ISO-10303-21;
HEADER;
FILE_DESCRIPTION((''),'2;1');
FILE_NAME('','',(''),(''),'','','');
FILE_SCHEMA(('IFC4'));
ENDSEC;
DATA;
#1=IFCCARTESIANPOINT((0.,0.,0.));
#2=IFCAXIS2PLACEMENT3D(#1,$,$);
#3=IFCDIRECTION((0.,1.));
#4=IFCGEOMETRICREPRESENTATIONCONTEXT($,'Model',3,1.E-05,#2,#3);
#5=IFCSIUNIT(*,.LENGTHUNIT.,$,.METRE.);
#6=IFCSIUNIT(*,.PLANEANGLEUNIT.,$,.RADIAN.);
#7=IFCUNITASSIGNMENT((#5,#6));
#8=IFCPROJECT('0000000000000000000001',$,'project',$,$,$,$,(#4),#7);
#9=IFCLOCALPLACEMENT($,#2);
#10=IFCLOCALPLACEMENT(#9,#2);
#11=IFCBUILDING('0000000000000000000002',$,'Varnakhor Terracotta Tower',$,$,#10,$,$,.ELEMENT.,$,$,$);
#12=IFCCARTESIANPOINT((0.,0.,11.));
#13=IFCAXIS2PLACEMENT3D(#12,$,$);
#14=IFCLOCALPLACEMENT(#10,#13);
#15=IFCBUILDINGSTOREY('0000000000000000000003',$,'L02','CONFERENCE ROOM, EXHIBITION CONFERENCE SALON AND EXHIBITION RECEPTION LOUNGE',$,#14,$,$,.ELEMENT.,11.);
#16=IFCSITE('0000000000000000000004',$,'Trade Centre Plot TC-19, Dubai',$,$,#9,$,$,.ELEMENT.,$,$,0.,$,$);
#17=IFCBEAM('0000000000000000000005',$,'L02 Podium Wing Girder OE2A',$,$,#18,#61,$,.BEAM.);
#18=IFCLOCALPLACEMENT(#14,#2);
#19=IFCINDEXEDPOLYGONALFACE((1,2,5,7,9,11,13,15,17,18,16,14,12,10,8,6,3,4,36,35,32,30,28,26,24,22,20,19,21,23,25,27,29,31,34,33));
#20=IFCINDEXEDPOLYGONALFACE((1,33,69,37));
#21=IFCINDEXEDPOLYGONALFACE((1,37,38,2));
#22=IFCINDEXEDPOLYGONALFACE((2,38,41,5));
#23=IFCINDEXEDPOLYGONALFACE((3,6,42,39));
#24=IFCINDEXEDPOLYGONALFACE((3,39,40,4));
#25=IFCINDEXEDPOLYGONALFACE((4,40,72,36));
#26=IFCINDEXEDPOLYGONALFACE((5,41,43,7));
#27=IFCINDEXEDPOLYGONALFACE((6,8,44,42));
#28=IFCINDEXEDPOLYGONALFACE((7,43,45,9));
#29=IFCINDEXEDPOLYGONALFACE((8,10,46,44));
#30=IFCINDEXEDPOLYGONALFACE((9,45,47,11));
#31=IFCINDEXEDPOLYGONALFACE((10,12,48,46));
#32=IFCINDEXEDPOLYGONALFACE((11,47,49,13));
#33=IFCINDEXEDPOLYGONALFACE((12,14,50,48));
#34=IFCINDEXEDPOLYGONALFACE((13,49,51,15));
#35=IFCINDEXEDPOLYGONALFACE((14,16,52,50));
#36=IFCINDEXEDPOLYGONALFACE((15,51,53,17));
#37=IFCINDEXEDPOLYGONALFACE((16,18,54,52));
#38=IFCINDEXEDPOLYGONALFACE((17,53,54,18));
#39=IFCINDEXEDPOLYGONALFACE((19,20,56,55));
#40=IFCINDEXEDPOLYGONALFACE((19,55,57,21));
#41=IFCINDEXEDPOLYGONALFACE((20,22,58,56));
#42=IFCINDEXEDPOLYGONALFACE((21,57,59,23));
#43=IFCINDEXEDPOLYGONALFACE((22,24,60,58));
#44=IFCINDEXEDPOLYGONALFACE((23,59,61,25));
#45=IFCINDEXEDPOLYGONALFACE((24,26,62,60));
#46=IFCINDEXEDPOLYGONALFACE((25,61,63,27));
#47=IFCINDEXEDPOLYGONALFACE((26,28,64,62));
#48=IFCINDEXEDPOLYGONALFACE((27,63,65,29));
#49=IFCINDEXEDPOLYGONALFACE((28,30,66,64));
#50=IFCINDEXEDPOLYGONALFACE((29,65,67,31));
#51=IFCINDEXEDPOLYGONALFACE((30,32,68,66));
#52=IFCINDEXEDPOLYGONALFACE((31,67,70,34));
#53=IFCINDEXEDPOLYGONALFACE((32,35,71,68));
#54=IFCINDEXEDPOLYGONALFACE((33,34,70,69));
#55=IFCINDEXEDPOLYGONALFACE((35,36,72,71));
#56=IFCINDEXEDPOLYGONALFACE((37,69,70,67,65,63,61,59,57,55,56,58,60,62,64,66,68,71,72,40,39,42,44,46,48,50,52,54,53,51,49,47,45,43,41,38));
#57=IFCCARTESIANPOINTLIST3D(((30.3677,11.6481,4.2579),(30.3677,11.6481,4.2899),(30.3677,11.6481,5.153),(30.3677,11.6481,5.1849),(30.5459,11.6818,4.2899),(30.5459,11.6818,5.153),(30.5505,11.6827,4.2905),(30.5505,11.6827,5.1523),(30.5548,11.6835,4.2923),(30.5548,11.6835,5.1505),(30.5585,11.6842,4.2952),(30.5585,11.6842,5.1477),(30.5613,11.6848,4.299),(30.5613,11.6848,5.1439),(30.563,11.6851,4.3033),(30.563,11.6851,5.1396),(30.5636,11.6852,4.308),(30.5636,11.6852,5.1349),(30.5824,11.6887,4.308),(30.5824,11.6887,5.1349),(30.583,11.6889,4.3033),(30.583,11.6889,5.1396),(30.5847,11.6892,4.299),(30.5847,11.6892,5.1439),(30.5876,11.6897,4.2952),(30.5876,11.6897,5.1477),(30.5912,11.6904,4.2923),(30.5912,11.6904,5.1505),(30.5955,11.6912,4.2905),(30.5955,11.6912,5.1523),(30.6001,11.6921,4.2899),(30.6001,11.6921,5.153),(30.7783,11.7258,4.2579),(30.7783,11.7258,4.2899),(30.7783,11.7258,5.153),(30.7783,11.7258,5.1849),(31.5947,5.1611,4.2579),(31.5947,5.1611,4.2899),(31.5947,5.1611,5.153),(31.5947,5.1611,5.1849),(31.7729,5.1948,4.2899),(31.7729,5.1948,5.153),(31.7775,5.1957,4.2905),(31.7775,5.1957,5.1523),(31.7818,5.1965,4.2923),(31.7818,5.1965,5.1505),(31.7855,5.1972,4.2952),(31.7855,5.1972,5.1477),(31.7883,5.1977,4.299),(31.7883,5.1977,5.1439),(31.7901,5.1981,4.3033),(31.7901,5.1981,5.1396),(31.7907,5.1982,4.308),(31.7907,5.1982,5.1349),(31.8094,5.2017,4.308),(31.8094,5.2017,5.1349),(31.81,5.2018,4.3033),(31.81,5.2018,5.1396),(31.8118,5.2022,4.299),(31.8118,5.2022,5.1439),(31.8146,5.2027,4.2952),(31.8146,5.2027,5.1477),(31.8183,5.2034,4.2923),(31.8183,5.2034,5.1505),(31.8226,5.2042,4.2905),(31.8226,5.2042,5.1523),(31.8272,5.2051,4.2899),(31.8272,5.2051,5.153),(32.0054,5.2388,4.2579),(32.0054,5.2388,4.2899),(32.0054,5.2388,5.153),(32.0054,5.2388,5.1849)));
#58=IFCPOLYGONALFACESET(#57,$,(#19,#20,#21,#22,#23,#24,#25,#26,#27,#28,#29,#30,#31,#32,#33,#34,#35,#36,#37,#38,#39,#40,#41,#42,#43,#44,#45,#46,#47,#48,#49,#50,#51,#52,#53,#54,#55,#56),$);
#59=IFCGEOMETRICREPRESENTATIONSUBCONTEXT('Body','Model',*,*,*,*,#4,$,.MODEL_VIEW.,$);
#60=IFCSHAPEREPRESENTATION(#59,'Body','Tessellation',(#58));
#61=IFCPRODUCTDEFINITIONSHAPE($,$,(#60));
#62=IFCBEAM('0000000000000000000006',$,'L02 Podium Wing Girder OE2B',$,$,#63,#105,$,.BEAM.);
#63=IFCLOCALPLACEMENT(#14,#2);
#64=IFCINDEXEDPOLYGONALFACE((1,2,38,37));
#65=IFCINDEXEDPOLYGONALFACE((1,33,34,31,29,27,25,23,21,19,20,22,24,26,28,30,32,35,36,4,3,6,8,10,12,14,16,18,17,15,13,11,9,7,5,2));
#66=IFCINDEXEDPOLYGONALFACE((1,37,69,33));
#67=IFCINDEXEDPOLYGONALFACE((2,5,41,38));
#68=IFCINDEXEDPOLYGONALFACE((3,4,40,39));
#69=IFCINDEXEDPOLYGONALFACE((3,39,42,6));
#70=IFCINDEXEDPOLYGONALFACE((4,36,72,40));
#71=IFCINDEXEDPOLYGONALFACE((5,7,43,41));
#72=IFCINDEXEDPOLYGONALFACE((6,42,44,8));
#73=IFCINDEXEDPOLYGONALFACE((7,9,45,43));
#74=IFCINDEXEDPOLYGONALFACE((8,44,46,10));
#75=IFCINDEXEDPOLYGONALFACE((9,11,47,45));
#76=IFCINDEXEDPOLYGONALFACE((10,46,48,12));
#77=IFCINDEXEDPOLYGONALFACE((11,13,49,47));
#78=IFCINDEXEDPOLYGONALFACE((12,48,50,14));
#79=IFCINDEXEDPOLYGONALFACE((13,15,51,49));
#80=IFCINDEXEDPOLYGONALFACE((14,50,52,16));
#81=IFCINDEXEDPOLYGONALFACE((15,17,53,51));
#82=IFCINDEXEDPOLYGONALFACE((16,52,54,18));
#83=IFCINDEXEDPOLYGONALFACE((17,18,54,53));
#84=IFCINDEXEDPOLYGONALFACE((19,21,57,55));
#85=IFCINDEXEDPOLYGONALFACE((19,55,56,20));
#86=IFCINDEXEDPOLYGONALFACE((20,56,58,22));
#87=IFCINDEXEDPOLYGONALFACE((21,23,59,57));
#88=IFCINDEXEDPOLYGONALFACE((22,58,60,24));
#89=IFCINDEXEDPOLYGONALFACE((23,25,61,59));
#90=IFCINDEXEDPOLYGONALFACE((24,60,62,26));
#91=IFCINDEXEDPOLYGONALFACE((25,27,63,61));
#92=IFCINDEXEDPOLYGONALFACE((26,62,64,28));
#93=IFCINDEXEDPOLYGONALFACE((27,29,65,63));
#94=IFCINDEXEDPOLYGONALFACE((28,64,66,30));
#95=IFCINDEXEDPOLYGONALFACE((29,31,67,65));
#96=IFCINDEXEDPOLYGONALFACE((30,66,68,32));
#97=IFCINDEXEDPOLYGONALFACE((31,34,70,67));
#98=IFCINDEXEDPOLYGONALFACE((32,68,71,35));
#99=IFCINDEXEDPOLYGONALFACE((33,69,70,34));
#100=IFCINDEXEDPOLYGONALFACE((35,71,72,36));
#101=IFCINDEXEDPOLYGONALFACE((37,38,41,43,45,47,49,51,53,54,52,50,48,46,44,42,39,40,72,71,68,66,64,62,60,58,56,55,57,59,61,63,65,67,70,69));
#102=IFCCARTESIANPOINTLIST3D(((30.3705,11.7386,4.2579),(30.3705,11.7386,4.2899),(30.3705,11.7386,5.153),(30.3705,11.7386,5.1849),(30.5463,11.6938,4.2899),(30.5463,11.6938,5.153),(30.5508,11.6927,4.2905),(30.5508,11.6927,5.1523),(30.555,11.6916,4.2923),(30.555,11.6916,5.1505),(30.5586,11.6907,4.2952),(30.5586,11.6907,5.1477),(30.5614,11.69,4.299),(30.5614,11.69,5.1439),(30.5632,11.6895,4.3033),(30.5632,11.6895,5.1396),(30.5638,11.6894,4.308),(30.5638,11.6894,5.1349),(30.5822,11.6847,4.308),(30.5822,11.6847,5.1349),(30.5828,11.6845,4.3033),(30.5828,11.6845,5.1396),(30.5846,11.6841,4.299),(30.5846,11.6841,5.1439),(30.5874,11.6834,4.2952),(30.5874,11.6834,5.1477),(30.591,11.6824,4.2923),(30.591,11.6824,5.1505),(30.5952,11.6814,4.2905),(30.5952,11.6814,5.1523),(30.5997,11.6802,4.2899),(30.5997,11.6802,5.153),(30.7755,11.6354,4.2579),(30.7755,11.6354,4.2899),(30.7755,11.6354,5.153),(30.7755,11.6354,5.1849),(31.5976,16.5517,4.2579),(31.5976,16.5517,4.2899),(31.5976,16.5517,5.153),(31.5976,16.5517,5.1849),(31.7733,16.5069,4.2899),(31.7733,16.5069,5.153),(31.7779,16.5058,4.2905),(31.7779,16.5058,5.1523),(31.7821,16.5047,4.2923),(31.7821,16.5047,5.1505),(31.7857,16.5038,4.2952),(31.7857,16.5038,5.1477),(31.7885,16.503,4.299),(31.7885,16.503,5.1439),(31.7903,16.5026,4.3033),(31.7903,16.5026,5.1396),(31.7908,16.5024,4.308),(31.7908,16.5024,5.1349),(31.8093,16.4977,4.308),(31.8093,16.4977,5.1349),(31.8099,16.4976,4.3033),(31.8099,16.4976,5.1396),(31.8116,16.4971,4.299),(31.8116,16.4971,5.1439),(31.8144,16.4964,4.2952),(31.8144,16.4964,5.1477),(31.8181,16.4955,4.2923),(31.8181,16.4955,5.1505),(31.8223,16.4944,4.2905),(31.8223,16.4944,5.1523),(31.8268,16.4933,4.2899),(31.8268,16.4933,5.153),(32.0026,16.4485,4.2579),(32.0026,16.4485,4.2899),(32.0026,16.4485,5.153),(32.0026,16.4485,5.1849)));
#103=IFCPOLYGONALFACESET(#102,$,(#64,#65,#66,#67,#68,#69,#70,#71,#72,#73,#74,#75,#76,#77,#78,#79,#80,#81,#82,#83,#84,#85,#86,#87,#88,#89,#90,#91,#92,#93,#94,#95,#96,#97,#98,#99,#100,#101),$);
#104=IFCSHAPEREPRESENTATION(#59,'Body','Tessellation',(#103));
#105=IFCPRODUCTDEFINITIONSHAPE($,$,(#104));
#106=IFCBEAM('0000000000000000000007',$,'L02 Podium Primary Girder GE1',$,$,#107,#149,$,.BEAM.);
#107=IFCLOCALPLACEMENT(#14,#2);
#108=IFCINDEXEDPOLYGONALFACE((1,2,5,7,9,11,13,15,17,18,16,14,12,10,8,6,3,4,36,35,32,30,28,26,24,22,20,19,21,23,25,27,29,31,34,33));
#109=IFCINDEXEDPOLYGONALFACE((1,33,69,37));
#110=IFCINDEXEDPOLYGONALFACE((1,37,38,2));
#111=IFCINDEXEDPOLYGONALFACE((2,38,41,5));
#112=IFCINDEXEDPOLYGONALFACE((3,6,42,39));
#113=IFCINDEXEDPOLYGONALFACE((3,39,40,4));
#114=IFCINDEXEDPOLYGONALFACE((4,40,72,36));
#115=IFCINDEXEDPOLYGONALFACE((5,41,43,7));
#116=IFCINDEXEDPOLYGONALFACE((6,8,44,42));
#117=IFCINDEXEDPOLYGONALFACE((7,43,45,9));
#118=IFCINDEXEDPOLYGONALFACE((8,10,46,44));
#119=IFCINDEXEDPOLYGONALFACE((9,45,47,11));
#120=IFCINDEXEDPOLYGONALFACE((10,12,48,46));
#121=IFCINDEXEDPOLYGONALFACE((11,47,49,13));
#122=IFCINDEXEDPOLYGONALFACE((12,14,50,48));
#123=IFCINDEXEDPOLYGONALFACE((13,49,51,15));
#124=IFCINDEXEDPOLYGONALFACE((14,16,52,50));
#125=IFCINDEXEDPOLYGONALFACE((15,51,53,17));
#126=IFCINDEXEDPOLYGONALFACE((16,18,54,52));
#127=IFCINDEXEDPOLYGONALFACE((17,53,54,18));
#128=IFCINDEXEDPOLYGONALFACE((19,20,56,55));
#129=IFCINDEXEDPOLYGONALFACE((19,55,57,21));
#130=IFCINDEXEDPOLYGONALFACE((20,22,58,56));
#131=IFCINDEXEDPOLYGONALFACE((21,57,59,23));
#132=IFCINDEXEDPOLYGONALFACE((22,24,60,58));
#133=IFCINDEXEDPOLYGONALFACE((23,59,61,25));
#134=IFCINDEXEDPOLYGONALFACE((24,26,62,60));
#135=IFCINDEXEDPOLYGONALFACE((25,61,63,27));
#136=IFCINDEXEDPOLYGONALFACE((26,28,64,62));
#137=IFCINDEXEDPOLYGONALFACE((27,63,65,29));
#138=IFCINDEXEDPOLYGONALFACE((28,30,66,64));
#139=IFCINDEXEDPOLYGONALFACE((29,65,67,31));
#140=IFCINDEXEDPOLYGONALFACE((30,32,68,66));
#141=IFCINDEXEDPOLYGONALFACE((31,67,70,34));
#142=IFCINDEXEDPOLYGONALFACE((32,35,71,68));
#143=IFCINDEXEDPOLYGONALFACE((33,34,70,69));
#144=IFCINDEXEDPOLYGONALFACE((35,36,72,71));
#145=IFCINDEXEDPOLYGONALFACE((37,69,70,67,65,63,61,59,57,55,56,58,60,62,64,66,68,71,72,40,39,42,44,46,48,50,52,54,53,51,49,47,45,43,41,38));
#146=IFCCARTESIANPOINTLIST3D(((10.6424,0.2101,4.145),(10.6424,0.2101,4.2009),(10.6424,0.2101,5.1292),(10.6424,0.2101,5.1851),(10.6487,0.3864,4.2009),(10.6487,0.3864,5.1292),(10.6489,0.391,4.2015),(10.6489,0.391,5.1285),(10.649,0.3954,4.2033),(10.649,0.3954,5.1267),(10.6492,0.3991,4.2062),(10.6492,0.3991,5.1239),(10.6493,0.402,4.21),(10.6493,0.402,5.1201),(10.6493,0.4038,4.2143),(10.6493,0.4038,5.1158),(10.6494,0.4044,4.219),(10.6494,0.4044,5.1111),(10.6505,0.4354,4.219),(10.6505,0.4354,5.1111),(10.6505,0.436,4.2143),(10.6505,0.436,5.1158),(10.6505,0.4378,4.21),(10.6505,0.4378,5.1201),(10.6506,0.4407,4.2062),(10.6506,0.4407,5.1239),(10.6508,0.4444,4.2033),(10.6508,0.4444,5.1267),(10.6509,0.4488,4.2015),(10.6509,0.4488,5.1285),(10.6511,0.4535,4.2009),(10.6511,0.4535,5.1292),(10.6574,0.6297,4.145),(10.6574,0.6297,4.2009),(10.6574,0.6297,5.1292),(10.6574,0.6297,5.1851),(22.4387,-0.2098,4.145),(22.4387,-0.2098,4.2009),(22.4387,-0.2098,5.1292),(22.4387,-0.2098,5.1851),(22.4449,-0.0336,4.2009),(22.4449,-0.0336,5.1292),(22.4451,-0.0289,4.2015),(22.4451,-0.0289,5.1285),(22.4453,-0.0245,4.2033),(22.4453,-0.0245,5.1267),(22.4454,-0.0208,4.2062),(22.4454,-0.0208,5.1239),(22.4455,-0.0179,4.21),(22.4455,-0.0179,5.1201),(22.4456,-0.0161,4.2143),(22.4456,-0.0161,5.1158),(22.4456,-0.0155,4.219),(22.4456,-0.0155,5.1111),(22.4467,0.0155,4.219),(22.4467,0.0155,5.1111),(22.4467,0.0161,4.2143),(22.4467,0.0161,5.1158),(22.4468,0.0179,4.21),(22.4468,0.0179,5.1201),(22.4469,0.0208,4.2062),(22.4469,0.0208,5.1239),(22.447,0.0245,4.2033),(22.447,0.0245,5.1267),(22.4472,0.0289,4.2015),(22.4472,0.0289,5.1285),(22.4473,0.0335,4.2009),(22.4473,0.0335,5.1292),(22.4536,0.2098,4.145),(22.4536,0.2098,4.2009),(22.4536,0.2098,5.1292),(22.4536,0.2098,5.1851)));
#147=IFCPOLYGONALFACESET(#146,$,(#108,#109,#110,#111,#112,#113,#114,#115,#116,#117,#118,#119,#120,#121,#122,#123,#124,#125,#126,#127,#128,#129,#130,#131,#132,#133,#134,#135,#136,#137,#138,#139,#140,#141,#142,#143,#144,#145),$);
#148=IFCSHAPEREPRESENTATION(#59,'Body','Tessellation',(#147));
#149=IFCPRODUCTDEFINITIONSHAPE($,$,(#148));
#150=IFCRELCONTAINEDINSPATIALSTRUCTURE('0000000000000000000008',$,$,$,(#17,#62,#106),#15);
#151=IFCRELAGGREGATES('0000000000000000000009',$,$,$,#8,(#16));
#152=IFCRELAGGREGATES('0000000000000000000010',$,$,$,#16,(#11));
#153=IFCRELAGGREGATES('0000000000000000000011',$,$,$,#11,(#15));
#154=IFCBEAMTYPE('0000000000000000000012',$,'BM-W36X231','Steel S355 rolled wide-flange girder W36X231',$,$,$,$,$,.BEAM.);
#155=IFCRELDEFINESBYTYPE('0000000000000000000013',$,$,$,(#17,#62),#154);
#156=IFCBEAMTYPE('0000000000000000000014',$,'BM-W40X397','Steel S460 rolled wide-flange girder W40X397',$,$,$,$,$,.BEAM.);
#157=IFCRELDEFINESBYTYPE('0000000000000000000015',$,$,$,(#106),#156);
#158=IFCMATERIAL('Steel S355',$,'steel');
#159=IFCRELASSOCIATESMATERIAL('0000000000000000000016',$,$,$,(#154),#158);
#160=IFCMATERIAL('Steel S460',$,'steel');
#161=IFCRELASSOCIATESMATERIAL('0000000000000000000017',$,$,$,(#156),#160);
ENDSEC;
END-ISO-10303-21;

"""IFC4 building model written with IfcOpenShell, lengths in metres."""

from ifc_helpers import new_model, si_unit, direction, frame, origin, origin_2d, place, context, subcontext, project, spatial, i_section, extrude, source, transform, mapped, material, material_profile, profile_set, type_object, type_shapes, element, save


model = new_model("IFC4")

# Units and contexts
model_context = context("Model", 3, precision=1e-05, world=origin(), true_north=direction((0.0, 1.0)))
body_context = subcontext(model_context, "Body", "Model", "MODEL_VIEW")
ifc_project = project(units=[si_unit("LENGTHUNIT", "METRE"), si_unit("PLANEANGLEUNIT", "RADIAN")], contexts=[model_context])

# Site, building, storey
site_placement = place(None, origin())
site = spatial("IfcSite", under=ifc_project, at=site_placement, Name="Trade Centre Plot TC-19, Dubai", CompositionType="ELEMENT", RefElevation=0.0)
building_placement = place(site_placement, origin())
building = spatial("IfcBuilding", under=site, at=building_placement, Name="Varnakhor Terracotta Tower", CompositionType="ELEMENT")
storey_placement = place(building_placement, frame((0.0, 0.0, 11.0)))
storey = spatial("IfcBuildingStorey", under=building, at=storey_placement, Name="L02", Description="CONFERENCE ROOM, EXHIBITION CONFERENCE SALON AND EXHIBITION RECEPTION LOUNGE", CompositionType="ELEMENT", Elevation=11.0)

# Shared definitions
ifc_material_1 = material(Name="Steel S460", Category="steel")

# Beams
ifc_material_2 = material(Name="Steel S355", Category="steel")
ifc_material_profile_1 = material_profile(ifc_material_2, i_section(OverallWidth=0.418, OverallDepth=0.927, WebThickness=0.019, FlangeThickness=0.032, FilletRadius=0.0181, at=origin_2d()), Name="W36X231")
ifc_profile_set_1 = profile_set([ifc_material_profile_1], Name="Steel S355")
beam_type_1 = type_object("IfcBeamType", Name="BM-W36X231", Description="Steel S355 rolled wide-flange girder W36X231", PredefinedType="BEAM", material=ifc_profile_set_1)
shared_shape_1 = source(origin(), body_context, "Body", "SweptSolid", [
    extrude(i_section(OverallWidth=0.418, OverallDepth=0.927, WebThickness=0.019, FlangeThickness=0.032, FilletRadius=0.0181, at=origin_2d()), origin(), (0.0, 0.0, 1.0), 6.6021),
])
beam_1_placement = place(storey_placement, frame((31.8, 5.2, 4.7214), z_axis=(-0.185858, 0.982577, 0.0), x_axis=(-0.982577, -0.185858, 0.0)))
element("IfcBeam", 1, at=beam_1_placement, inside=storey, type_object=beam_type_1, Name="L02 Podium Wing Girder OE2A", PredefinedType="BEAM", context=body_context, shape_type="MappedRepresentation", body=[
    mapped(shared_shape_1, transform((0.0, 0.0, 0.0), scale=1.0)),
])
shared_shape_2 = source(origin(), body_context, "Body", "SweptSolid", [
    extrude(i_section(OverallWidth=0.418, OverallDepth=0.927, WebThickness=0.019, FlangeThickness=0.032, FilletRadius=0.0181, at=origin_2d()), origin(), (0.0, 0.0, 1.0), 4.967),
])
beam_2_placement = place(storey_placement, frame((30.573, 11.687, 4.7214), z_axis=(0.247044, 0.969004, 0.0), x_axis=(-0.969004, 0.247044, 0.0)))
element("IfcBeam", 2, at=beam_2_placement, inside=storey, type_object=beam_type_1, Name="L02 Podium Wing Girder OE2B", PredefinedType="BEAM", context=body_context, shape_type="MappedRepresentation", body=[
    mapped(shared_shape_2, transform((0.0, 0.0, 0.0), scale=1.0)),
])
ifc_material_profile_2 = material_profile(ifc_material_1, i_section(OverallWidth=0.4199, OverallDepth=1.04, WebThickness=0.031, FlangeThickness=0.0559, FilletRadius=0.0181, at=origin_2d()), Name="W40X397")
ifc_profile_set_2 = profile_set([ifc_material_profile_2], Name="Steel S460")
beam_type_2 = type_object("IfcBeamType", Name="BM-W40X397", Description="Steel S460 rolled wide-flange girder W40X397", PredefinedType="BEAM", material=ifc_profile_set_2)
shared_shape_3 = source(origin(), body_context, "Body", "SweptSolid", [
    extrude(i_section(OverallWidth=0.4199, OverallDepth=1.04, WebThickness=0.031, FlangeThickness=0.0559, FilletRadius=0.0181, at=origin_2d()), origin(), (0.0, 0.0, 1.0), 11.8037),
])
type_shapes(beam_type_2, [shared_shape_3])
beam_3_placement = place(storey_placement, frame((10.6499, 0.4199, 4.665), z_axis=(0.999367, -0.035576, 0.0), x_axis=(0.035576, 0.999367, 0.0)))
element("IfcBeam", 3, at=beam_3_placement, inside=storey, type_object=beam_type_2, Name="L02 Podium Primary Girder GE1", PredefinedType="BEAM", context=body_context, shape_type="MappedRepresentation", body=[
    mapped(shared_shape_3, transform((0.0, 0.0, 0.0), scale=1.0)),
])

save(model, "model.ifc")
